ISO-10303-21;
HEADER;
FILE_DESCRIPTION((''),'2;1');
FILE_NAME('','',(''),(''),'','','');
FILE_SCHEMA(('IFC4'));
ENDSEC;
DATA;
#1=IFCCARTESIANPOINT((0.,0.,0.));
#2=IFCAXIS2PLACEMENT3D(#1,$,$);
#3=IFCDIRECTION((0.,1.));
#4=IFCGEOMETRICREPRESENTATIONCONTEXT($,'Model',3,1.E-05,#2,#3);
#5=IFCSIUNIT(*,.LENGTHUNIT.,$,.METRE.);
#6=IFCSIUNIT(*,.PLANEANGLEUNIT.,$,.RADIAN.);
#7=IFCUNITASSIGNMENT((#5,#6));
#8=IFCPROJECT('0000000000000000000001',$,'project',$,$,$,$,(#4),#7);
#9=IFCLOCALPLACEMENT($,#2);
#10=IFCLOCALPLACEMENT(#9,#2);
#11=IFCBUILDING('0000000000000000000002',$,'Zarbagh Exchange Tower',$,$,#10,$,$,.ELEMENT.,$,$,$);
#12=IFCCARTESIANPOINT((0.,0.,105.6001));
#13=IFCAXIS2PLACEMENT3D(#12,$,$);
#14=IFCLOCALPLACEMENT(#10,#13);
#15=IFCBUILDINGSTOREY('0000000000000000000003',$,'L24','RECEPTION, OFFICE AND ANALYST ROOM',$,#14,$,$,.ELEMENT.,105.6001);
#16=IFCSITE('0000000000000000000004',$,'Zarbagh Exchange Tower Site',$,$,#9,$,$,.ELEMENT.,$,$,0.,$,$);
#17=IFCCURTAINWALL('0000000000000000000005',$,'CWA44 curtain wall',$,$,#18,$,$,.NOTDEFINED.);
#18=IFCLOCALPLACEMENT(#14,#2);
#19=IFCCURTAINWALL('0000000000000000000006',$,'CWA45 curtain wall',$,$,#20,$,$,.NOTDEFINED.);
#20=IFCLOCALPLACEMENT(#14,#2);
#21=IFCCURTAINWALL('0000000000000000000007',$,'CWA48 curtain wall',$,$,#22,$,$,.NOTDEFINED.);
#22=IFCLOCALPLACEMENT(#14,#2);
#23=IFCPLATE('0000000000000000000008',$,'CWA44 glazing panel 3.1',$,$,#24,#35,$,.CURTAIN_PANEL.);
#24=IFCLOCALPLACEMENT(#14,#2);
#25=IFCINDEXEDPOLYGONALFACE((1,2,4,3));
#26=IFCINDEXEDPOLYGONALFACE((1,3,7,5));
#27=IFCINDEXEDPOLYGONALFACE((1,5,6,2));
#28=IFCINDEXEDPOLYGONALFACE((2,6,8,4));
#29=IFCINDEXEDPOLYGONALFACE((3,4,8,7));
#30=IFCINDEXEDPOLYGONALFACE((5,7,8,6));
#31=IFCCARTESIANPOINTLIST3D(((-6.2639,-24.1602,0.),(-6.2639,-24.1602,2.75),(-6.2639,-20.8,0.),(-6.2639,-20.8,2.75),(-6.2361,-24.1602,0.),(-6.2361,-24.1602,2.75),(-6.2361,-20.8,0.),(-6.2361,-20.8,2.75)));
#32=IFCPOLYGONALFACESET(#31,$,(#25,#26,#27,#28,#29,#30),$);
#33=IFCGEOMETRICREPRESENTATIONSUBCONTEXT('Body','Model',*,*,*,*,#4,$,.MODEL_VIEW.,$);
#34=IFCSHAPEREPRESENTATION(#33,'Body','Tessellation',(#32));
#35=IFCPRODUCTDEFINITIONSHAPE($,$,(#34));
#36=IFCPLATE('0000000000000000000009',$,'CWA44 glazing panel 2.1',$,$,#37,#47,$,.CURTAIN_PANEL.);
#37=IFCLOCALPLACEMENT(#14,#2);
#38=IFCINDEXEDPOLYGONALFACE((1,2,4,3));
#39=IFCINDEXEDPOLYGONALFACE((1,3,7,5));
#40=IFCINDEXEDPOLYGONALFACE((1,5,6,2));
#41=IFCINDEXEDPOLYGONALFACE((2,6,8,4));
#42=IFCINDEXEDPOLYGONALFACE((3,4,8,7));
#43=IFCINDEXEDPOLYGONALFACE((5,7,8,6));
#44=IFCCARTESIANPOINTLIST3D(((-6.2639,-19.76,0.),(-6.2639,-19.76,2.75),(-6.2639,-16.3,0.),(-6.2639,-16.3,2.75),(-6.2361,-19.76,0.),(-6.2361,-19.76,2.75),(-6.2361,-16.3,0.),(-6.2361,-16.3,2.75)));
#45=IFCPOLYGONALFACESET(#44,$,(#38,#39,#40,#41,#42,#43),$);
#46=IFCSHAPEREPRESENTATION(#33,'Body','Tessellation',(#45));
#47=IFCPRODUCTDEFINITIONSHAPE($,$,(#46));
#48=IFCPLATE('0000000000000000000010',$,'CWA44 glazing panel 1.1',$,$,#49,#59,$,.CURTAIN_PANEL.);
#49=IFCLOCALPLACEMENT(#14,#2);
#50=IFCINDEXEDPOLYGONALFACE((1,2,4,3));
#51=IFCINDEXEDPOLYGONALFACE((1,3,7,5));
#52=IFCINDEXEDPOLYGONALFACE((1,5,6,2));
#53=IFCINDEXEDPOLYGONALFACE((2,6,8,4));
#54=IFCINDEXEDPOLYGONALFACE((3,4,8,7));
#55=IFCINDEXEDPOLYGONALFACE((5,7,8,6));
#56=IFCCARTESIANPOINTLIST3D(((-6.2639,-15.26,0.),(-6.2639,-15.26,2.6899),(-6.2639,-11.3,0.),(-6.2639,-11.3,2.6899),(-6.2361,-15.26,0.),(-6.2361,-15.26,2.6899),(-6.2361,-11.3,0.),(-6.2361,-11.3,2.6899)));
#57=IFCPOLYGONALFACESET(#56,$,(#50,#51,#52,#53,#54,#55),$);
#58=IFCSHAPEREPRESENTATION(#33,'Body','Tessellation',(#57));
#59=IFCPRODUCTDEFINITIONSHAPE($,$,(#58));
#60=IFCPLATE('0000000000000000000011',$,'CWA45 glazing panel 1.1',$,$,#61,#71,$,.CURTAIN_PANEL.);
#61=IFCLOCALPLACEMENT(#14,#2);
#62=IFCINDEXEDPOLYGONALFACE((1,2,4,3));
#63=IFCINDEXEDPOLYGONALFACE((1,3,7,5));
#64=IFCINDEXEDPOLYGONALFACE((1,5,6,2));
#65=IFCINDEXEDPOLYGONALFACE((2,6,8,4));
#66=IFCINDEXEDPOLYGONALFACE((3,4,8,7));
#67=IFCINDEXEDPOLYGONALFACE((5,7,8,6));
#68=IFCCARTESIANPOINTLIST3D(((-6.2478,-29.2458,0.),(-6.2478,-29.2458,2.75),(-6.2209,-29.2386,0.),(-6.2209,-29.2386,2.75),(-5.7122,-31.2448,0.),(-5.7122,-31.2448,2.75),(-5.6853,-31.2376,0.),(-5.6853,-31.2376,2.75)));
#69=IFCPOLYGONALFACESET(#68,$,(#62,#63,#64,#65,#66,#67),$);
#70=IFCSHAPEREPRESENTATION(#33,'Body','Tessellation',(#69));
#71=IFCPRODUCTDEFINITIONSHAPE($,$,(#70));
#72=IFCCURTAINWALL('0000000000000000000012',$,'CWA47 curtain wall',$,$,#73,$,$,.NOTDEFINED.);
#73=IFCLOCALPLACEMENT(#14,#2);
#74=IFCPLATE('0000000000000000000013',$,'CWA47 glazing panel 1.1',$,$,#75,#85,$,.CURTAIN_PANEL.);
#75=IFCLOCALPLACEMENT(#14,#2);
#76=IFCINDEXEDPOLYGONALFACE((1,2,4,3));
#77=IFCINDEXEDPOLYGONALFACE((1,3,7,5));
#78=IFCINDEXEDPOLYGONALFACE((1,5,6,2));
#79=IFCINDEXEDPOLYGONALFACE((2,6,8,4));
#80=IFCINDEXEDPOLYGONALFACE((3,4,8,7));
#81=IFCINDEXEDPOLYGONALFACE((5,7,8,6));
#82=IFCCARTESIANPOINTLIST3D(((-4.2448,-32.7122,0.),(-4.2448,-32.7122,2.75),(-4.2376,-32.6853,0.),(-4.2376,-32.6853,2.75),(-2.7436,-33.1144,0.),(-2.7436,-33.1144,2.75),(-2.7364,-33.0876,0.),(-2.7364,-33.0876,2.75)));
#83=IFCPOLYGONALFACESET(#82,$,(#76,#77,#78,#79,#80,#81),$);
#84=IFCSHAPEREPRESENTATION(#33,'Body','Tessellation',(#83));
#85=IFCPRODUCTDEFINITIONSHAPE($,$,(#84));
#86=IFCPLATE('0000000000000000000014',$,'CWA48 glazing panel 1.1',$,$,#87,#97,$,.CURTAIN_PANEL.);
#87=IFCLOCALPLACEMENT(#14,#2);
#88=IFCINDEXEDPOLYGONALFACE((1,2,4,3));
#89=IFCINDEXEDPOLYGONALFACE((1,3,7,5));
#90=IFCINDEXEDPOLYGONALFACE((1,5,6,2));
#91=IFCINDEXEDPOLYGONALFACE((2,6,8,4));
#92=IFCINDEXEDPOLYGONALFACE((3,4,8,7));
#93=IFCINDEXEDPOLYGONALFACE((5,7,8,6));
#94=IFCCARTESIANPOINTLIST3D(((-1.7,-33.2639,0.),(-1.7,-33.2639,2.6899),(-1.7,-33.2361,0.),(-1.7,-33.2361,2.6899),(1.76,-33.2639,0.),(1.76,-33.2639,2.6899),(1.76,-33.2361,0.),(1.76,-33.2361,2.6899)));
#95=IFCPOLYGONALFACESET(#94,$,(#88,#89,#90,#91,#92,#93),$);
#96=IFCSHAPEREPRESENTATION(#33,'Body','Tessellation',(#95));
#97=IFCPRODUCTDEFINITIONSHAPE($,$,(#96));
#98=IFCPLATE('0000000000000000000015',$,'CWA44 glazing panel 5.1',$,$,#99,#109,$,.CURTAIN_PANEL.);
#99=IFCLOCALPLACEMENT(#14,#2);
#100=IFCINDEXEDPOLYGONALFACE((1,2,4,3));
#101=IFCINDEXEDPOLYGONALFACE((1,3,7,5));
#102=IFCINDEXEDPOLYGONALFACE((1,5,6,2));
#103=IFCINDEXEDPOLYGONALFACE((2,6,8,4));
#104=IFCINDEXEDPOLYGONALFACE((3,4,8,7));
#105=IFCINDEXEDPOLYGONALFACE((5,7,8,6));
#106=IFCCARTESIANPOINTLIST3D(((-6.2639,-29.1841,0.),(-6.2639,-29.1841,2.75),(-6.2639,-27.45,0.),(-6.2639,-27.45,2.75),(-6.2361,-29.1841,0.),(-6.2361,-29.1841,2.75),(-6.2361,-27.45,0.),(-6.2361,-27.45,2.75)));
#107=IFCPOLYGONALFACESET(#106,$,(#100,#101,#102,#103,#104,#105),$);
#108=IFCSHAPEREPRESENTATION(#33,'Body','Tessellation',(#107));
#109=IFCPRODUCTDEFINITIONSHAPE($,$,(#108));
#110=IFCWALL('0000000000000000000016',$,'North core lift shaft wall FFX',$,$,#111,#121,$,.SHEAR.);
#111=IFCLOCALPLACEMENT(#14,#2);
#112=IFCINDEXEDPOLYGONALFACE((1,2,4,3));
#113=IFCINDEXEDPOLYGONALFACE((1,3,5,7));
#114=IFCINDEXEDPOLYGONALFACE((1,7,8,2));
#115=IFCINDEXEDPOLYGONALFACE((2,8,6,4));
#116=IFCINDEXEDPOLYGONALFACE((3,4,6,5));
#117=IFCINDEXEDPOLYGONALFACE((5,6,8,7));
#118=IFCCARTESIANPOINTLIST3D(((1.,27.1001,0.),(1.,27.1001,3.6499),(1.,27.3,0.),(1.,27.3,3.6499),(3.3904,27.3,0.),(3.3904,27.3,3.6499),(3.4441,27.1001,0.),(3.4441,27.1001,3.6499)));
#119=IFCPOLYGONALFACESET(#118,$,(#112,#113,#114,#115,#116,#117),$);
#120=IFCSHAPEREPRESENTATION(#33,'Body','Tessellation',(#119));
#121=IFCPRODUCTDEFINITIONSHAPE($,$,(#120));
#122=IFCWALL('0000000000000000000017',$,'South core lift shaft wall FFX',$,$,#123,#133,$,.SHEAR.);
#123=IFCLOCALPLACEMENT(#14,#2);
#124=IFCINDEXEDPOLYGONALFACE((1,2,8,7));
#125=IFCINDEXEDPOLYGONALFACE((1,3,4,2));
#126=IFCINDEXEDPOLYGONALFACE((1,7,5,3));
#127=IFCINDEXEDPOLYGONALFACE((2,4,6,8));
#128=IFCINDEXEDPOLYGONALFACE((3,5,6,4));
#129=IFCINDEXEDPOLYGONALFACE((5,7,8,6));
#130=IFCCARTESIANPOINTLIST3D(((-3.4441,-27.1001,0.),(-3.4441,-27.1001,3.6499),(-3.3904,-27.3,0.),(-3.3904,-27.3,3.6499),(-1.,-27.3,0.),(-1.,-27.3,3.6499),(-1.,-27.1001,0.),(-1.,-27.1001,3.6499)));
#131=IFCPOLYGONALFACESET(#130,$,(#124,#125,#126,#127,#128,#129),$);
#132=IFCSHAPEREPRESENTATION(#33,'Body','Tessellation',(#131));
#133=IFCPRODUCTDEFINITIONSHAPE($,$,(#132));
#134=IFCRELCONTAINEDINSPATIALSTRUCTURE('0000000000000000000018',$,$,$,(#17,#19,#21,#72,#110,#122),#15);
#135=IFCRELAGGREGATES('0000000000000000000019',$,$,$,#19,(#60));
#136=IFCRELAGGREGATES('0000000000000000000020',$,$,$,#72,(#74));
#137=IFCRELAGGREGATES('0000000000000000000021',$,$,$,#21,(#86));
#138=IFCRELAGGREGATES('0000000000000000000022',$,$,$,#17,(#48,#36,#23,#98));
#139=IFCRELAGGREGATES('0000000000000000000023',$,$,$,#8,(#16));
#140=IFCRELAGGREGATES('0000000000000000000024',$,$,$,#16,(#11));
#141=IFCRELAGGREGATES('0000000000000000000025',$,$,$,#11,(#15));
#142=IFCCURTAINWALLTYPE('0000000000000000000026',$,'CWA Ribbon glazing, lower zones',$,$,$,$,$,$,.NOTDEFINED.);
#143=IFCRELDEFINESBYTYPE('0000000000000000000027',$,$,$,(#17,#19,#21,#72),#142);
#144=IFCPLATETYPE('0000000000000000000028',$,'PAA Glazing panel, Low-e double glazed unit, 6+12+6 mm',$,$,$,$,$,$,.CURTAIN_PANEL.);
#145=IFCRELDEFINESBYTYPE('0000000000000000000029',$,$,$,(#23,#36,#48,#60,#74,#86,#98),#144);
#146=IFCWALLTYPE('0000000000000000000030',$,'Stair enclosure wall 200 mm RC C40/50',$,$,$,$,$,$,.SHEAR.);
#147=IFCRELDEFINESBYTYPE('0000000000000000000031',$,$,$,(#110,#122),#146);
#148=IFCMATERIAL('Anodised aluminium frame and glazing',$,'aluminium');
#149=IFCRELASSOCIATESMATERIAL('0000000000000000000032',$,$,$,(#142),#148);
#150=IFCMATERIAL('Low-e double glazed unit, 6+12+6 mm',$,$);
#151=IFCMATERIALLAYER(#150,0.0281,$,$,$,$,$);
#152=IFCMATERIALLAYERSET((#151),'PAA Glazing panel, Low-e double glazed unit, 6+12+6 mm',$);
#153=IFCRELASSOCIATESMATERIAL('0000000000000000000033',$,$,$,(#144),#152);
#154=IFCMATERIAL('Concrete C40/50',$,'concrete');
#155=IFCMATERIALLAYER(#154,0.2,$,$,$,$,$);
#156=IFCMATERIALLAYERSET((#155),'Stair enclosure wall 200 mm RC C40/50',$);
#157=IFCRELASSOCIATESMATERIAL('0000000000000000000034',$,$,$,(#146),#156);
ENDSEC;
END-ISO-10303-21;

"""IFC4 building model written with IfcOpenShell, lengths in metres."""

from ifc_helpers import new_model, si_unit, direction, frame, origin, place, context, subcontext, project, spatial, polyline, outline, extrude, source, transform, mapped, material, layer, layer_set, type_object, element, aggregate, save


model = new_model("IFC4")

# Units and contexts
model_context = context("Model", 3, precision=1e-05, world=origin(), true_north=direction((0.0, 1.0)))
body_context = subcontext(model_context, "Body", "Model", "MODEL_VIEW")
ifc_project = project(units=[si_unit("LENGTHUNIT", "METRE"), si_unit("PLANEANGLEUNIT", "RADIAN")], contexts=[model_context])

# Site, building, storey
site_placement = place(None, origin())
site = spatial("IfcSite", under=ifc_project, at=site_placement, Name="Zarbagh Exchange Tower Site", CompositionType="ELEMENT", RefElevation=0.0)
building_placement = place(site_placement, origin())
building = spatial("IfcBuilding", under=site, at=building_placement, Name="Zarbagh Exchange Tower", CompositionType="ELEMENT")
storey_placement = place(building_placement, frame((0.0, 0.0, 105.6001)))
storey = spatial("IfcBuildingStorey", under=building, at=storey_placement, Name="L24", Description="RECEPTION, OFFICE AND ANALYST ROOM", CompositionType="ELEMENT", Elevation=105.6001)

# Curtain wall
ifc_material_1 = material(Name="Anodised aluminium frame and glazing", Category="aluminium")
curtain_wall_type = type_object("IfcCurtainWallType", Name="CWA Ribbon glazing, lower zones", PredefinedType="NOTDEFINED", material=ifc_material_1)
curtain_wall_1_placement = place(storey_placement, origin())
curtain_wall_1 = element("IfcCurtainWall", 1, at=curtain_wall_1_placement, inside=storey, type_object=curtain_wall_type, Name="CWA44 curtain wall", PredefinedType="NOTDEFINED")
placement = place(storey_placement, origin())

# Curtain walls
curtain_wall_2_placement = place(storey_placement, origin())
curtain_wall_2 = element("IfcCurtainWall", 2, at=curtain_wall_2_placement, inside=storey, type_object=curtain_wall_type, Name="CWA45 curtain wall", PredefinedType="NOTDEFINED")
curtain_wall_3_placement = place(storey_placement, origin())
curtain_wall_3 = element("IfcCurtainWall", 3, at=curtain_wall_3_placement, inside=storey, type_object=curtain_wall_type, Name="CWA48 curtain wall", PredefinedType="NOTDEFINED")

# Shared definitions
ifc_material_2 = material(Name="Concrete C40/50", Category="concrete")

# Shared definitions
ifc_material_3 = material(Name="Low-e double glazed unit, 6+12+6 mm")
ifc_layer_1 = layer(ifc_material_3, 0.0281)
ifc_layer_set_1 = layer_set([ifc_layer_1], Name="PAA Glazing panel, Low-e double glazed unit, 6+12+6 mm")
plate_type = type_object("IfcPlateType", Name="PAA Glazing panel, Low-e double glazed unit, 6+12+6 mm", PredefinedType="CURTAIN_PANEL", material=ifc_layer_set_1)

# Plates
shared_shape_1 = source(origin(), body_context, "Body", "SweptSolid", [
    extrude(outline(polyline([(0.0, -0.0139), (3.3601, -0.0139), (3.3601, 0.0139), (0.0, 0.0139), (0.0, -0.0139)])), origin(), (0.0, 0.0, 1.0), 2.75),
])
plate_1 = element("IfcPlate", 4, at=placement, type_object=plate_type, Name="CWA44 glazing panel 3.1", PredefinedType="CURTAIN_PANEL", context=body_context, shape_type="MappedRepresentation", body=[
    mapped(shared_shape_1, transform((-6.25, -20.8, 0.0), x_axis=(0.0, -1.0, 0.0), y_axis=(1.0, 0.0, 0.0), z_axis=(0.0, 0.0, 1.0))),
])
shared_shape_2 = source(origin(), body_context, "Body", "SweptSolid", [
    extrude(outline(polyline([(0.0, -0.0139), (3.46, -0.0139), (3.46, 0.0139), (0.0, 0.0139), (0.0, -0.0139)])), origin(), (0.0, 0.0, 1.0), 2.75),
])
plate_2 = element("IfcPlate", 5, at=placement, type_object=plate_type, Name="CWA44 glazing panel 2.1", PredefinedType="CURTAIN_PANEL", context=body_context, shape_type="MappedRepresentation", body=[
    mapped(shared_shape_2, transform((-6.25, -16.3, 0.0), x_axis=(0.0, -1.0, 0.0), y_axis=(1.0, 0.0, 0.0), z_axis=(0.0, 0.0, 1.0))),
])
shared_shape_3 = source(origin(), body_context, "Body", "SweptSolid", [
    extrude(outline(polyline([(0.0, -0.0139), (3.96, -0.0139), (3.96, 0.0139), (0.0, 0.0139), (0.0, -0.0139)])), origin(), (0.0, 0.0, 1.0), 2.6899),
])
plate_3 = element("IfcPlate", 6, at=placement, type_object=plate_type, Name="CWA44 glazing panel 1.1", PredefinedType="CURTAIN_PANEL", context=body_context, shape_type="MappedRepresentation", body=[
    mapped(shared_shape_3, transform((-6.25, -11.3, 0.0), x_axis=(0.0, -1.0, 0.0), y_axis=(1.0, 0.0, 0.0), z_axis=(0.0, 0.0, 1.0))),
])
shared_shape_4 = source(origin(), body_context, "Body", "SweptSolid", [
    extrude(outline(polyline([(0.0, -0.0139), (2.0696, -0.0139), (2.0696, 0.0139), (0.0, 0.0139), (0.0, -0.0139)])), origin(), (0.0, 0.0, 1.0), 2.75),
])
plate_4 = element("IfcPlate", 7, at=placement, type_object=plate_type, Name="CWA45 glazing panel 1.1", PredefinedType="CURTAIN_PANEL", context=body_context, shape_type="MappedRepresentation", body=[
    mapped(shared_shape_4, transform((-6.2344, -29.2422, 0.0), x_axis=(0.258825, -0.965924, 0.0), y_axis=(0.965924, 0.258825, 0.0), z_axis=(0.0, 0.0, 1.0))),
])
aggregate(curtain_wall_2, [plate_4])

# Curtain wall, plate
curtain_wall_4_placement = place(storey_placement, origin())
curtain_wall_4 = element("IfcCurtainWall", 8, at=curtain_wall_4_placement, inside=storey, type_object=curtain_wall_type, Name="CWA47 curtain wall", PredefinedType="NOTDEFINED")
shared_shape_5 = source(origin(), body_context, "Body", "SweptSolid", [
    extrude(outline(polyline([(0.0, -0.0139), (1.5542, -0.0139), (1.5542, 0.0139), (0.0, 0.0139), (0.0, -0.0139)])), origin(), (0.0, 0.0, 1.0), 2.75),
])
plate_5 = element("IfcPlate", 9, at=placement, type_object=plate_type, Name="CWA47 glazing panel 1.1", PredefinedType="CURTAIN_PANEL", context=body_context, shape_type="MappedRepresentation", body=[
    mapped(shared_shape_5, transform((-4.2412, -32.6987, 0.0), x_axis=(0.965924, -0.258825, 0.0), y_axis=(0.258825, 0.965924, 0.0), z_axis=(0.0, 0.0, 1.0))),
])
aggregate(curtain_wall_4, [plate_5])

# Plates
shared_shape_6 = source(origin(), body_context, "Body", "SweptSolid", [
    extrude(outline(polyline([(0.0, -0.0139), (3.46, -0.0139), (3.46, 0.0139), (0.0, 0.0139), (0.0, -0.0139)])), origin(), (0.0, 0.0, 1.0), 2.6899),
])
plate_6 = element("IfcPlate", 10, at=placement, type_object=plate_type, Name="CWA48 glazing panel 1.1", PredefinedType="CURTAIN_PANEL", context=body_context, shape_type="MappedRepresentation", body=[
    mapped(shared_shape_6, transform((-1.7, -33.25, 0.0), x_axis=(1.0, 0.0, 0.0), y_axis=(0.0, 1.0, 0.0), z_axis=(0.0, 0.0, 1.0))),
])
aggregate(curtain_wall_3, [plate_6])
shared_shape_7 = source(origin(), body_context, "Body", "SweptSolid", [
    extrude(outline(polyline([(0.0, -0.0139), (1.7341, -0.0139), (1.7341, 0.0139), (0.0, 0.0139), (0.0, -0.0139)])), origin(), (0.0, 0.0, 1.0), 2.75),
])
plate_7 = element("IfcPlate", 11, at=placement, type_object=plate_type, Name="CWA44 glazing panel 5.1", PredefinedType="CURTAIN_PANEL", context=body_context, shape_type="MappedRepresentation", body=[
    mapped(shared_shape_7, transform((-6.25, -27.45, 0.0), x_axis=(0.0, -1.0, 0.0), y_axis=(1.0, 0.0, 0.0), z_axis=(0.0, 0.0, 1.0))),
])
aggregate(curtain_wall_1, [plate_3, plate_2, plate_1, plate_7])

# Walls
ifc_layer_2 = layer(ifc_material_2, 0.2)
ifc_layer_set_2 = layer_set([ifc_layer_2], Name="Stair enclosure wall 200 mm RC C40/50")
wall_type = type_object("IfcWallType", Name="Stair enclosure wall 200 mm RC C40/50", PredefinedType="SHEAR", material=ifc_layer_set_2)
wall_1_placement = place(storey_placement, origin())
element("IfcWall", 12, at=wall_1_placement, inside=storey, type_object=wall_type, Name="North core lift shaft wall FFX", PredefinedType="SHEAR", context=body_context, shape_type="SweptSolid", body=[
    extrude(outline(polyline([(1.0, 27.1001), (3.4441, 27.1001), (3.3904, 27.3), (1.0, 27.3), (1.0, 27.1001)])), origin(), (0.0, 0.0, 1.0), 3.6499),
])
wall_2_placement = place(storey_placement, origin())
element("IfcWall", 13, at=wall_2_placement, inside=storey, type_object=wall_type, Name="South core lift shaft wall FFX", PredefinedType="SHEAR", context=body_context, shape_type="SweptSolid", body=[
    extrude(outline(polyline([(-1.0, -27.1001), (-3.4441, -27.1001), (-3.3904, -27.3), (-1.0, -27.3), (-1.0, -27.1001)])), origin(), (0.0, 0.0, 1.0), 3.6499),
])

save(model, "model.ifc")
